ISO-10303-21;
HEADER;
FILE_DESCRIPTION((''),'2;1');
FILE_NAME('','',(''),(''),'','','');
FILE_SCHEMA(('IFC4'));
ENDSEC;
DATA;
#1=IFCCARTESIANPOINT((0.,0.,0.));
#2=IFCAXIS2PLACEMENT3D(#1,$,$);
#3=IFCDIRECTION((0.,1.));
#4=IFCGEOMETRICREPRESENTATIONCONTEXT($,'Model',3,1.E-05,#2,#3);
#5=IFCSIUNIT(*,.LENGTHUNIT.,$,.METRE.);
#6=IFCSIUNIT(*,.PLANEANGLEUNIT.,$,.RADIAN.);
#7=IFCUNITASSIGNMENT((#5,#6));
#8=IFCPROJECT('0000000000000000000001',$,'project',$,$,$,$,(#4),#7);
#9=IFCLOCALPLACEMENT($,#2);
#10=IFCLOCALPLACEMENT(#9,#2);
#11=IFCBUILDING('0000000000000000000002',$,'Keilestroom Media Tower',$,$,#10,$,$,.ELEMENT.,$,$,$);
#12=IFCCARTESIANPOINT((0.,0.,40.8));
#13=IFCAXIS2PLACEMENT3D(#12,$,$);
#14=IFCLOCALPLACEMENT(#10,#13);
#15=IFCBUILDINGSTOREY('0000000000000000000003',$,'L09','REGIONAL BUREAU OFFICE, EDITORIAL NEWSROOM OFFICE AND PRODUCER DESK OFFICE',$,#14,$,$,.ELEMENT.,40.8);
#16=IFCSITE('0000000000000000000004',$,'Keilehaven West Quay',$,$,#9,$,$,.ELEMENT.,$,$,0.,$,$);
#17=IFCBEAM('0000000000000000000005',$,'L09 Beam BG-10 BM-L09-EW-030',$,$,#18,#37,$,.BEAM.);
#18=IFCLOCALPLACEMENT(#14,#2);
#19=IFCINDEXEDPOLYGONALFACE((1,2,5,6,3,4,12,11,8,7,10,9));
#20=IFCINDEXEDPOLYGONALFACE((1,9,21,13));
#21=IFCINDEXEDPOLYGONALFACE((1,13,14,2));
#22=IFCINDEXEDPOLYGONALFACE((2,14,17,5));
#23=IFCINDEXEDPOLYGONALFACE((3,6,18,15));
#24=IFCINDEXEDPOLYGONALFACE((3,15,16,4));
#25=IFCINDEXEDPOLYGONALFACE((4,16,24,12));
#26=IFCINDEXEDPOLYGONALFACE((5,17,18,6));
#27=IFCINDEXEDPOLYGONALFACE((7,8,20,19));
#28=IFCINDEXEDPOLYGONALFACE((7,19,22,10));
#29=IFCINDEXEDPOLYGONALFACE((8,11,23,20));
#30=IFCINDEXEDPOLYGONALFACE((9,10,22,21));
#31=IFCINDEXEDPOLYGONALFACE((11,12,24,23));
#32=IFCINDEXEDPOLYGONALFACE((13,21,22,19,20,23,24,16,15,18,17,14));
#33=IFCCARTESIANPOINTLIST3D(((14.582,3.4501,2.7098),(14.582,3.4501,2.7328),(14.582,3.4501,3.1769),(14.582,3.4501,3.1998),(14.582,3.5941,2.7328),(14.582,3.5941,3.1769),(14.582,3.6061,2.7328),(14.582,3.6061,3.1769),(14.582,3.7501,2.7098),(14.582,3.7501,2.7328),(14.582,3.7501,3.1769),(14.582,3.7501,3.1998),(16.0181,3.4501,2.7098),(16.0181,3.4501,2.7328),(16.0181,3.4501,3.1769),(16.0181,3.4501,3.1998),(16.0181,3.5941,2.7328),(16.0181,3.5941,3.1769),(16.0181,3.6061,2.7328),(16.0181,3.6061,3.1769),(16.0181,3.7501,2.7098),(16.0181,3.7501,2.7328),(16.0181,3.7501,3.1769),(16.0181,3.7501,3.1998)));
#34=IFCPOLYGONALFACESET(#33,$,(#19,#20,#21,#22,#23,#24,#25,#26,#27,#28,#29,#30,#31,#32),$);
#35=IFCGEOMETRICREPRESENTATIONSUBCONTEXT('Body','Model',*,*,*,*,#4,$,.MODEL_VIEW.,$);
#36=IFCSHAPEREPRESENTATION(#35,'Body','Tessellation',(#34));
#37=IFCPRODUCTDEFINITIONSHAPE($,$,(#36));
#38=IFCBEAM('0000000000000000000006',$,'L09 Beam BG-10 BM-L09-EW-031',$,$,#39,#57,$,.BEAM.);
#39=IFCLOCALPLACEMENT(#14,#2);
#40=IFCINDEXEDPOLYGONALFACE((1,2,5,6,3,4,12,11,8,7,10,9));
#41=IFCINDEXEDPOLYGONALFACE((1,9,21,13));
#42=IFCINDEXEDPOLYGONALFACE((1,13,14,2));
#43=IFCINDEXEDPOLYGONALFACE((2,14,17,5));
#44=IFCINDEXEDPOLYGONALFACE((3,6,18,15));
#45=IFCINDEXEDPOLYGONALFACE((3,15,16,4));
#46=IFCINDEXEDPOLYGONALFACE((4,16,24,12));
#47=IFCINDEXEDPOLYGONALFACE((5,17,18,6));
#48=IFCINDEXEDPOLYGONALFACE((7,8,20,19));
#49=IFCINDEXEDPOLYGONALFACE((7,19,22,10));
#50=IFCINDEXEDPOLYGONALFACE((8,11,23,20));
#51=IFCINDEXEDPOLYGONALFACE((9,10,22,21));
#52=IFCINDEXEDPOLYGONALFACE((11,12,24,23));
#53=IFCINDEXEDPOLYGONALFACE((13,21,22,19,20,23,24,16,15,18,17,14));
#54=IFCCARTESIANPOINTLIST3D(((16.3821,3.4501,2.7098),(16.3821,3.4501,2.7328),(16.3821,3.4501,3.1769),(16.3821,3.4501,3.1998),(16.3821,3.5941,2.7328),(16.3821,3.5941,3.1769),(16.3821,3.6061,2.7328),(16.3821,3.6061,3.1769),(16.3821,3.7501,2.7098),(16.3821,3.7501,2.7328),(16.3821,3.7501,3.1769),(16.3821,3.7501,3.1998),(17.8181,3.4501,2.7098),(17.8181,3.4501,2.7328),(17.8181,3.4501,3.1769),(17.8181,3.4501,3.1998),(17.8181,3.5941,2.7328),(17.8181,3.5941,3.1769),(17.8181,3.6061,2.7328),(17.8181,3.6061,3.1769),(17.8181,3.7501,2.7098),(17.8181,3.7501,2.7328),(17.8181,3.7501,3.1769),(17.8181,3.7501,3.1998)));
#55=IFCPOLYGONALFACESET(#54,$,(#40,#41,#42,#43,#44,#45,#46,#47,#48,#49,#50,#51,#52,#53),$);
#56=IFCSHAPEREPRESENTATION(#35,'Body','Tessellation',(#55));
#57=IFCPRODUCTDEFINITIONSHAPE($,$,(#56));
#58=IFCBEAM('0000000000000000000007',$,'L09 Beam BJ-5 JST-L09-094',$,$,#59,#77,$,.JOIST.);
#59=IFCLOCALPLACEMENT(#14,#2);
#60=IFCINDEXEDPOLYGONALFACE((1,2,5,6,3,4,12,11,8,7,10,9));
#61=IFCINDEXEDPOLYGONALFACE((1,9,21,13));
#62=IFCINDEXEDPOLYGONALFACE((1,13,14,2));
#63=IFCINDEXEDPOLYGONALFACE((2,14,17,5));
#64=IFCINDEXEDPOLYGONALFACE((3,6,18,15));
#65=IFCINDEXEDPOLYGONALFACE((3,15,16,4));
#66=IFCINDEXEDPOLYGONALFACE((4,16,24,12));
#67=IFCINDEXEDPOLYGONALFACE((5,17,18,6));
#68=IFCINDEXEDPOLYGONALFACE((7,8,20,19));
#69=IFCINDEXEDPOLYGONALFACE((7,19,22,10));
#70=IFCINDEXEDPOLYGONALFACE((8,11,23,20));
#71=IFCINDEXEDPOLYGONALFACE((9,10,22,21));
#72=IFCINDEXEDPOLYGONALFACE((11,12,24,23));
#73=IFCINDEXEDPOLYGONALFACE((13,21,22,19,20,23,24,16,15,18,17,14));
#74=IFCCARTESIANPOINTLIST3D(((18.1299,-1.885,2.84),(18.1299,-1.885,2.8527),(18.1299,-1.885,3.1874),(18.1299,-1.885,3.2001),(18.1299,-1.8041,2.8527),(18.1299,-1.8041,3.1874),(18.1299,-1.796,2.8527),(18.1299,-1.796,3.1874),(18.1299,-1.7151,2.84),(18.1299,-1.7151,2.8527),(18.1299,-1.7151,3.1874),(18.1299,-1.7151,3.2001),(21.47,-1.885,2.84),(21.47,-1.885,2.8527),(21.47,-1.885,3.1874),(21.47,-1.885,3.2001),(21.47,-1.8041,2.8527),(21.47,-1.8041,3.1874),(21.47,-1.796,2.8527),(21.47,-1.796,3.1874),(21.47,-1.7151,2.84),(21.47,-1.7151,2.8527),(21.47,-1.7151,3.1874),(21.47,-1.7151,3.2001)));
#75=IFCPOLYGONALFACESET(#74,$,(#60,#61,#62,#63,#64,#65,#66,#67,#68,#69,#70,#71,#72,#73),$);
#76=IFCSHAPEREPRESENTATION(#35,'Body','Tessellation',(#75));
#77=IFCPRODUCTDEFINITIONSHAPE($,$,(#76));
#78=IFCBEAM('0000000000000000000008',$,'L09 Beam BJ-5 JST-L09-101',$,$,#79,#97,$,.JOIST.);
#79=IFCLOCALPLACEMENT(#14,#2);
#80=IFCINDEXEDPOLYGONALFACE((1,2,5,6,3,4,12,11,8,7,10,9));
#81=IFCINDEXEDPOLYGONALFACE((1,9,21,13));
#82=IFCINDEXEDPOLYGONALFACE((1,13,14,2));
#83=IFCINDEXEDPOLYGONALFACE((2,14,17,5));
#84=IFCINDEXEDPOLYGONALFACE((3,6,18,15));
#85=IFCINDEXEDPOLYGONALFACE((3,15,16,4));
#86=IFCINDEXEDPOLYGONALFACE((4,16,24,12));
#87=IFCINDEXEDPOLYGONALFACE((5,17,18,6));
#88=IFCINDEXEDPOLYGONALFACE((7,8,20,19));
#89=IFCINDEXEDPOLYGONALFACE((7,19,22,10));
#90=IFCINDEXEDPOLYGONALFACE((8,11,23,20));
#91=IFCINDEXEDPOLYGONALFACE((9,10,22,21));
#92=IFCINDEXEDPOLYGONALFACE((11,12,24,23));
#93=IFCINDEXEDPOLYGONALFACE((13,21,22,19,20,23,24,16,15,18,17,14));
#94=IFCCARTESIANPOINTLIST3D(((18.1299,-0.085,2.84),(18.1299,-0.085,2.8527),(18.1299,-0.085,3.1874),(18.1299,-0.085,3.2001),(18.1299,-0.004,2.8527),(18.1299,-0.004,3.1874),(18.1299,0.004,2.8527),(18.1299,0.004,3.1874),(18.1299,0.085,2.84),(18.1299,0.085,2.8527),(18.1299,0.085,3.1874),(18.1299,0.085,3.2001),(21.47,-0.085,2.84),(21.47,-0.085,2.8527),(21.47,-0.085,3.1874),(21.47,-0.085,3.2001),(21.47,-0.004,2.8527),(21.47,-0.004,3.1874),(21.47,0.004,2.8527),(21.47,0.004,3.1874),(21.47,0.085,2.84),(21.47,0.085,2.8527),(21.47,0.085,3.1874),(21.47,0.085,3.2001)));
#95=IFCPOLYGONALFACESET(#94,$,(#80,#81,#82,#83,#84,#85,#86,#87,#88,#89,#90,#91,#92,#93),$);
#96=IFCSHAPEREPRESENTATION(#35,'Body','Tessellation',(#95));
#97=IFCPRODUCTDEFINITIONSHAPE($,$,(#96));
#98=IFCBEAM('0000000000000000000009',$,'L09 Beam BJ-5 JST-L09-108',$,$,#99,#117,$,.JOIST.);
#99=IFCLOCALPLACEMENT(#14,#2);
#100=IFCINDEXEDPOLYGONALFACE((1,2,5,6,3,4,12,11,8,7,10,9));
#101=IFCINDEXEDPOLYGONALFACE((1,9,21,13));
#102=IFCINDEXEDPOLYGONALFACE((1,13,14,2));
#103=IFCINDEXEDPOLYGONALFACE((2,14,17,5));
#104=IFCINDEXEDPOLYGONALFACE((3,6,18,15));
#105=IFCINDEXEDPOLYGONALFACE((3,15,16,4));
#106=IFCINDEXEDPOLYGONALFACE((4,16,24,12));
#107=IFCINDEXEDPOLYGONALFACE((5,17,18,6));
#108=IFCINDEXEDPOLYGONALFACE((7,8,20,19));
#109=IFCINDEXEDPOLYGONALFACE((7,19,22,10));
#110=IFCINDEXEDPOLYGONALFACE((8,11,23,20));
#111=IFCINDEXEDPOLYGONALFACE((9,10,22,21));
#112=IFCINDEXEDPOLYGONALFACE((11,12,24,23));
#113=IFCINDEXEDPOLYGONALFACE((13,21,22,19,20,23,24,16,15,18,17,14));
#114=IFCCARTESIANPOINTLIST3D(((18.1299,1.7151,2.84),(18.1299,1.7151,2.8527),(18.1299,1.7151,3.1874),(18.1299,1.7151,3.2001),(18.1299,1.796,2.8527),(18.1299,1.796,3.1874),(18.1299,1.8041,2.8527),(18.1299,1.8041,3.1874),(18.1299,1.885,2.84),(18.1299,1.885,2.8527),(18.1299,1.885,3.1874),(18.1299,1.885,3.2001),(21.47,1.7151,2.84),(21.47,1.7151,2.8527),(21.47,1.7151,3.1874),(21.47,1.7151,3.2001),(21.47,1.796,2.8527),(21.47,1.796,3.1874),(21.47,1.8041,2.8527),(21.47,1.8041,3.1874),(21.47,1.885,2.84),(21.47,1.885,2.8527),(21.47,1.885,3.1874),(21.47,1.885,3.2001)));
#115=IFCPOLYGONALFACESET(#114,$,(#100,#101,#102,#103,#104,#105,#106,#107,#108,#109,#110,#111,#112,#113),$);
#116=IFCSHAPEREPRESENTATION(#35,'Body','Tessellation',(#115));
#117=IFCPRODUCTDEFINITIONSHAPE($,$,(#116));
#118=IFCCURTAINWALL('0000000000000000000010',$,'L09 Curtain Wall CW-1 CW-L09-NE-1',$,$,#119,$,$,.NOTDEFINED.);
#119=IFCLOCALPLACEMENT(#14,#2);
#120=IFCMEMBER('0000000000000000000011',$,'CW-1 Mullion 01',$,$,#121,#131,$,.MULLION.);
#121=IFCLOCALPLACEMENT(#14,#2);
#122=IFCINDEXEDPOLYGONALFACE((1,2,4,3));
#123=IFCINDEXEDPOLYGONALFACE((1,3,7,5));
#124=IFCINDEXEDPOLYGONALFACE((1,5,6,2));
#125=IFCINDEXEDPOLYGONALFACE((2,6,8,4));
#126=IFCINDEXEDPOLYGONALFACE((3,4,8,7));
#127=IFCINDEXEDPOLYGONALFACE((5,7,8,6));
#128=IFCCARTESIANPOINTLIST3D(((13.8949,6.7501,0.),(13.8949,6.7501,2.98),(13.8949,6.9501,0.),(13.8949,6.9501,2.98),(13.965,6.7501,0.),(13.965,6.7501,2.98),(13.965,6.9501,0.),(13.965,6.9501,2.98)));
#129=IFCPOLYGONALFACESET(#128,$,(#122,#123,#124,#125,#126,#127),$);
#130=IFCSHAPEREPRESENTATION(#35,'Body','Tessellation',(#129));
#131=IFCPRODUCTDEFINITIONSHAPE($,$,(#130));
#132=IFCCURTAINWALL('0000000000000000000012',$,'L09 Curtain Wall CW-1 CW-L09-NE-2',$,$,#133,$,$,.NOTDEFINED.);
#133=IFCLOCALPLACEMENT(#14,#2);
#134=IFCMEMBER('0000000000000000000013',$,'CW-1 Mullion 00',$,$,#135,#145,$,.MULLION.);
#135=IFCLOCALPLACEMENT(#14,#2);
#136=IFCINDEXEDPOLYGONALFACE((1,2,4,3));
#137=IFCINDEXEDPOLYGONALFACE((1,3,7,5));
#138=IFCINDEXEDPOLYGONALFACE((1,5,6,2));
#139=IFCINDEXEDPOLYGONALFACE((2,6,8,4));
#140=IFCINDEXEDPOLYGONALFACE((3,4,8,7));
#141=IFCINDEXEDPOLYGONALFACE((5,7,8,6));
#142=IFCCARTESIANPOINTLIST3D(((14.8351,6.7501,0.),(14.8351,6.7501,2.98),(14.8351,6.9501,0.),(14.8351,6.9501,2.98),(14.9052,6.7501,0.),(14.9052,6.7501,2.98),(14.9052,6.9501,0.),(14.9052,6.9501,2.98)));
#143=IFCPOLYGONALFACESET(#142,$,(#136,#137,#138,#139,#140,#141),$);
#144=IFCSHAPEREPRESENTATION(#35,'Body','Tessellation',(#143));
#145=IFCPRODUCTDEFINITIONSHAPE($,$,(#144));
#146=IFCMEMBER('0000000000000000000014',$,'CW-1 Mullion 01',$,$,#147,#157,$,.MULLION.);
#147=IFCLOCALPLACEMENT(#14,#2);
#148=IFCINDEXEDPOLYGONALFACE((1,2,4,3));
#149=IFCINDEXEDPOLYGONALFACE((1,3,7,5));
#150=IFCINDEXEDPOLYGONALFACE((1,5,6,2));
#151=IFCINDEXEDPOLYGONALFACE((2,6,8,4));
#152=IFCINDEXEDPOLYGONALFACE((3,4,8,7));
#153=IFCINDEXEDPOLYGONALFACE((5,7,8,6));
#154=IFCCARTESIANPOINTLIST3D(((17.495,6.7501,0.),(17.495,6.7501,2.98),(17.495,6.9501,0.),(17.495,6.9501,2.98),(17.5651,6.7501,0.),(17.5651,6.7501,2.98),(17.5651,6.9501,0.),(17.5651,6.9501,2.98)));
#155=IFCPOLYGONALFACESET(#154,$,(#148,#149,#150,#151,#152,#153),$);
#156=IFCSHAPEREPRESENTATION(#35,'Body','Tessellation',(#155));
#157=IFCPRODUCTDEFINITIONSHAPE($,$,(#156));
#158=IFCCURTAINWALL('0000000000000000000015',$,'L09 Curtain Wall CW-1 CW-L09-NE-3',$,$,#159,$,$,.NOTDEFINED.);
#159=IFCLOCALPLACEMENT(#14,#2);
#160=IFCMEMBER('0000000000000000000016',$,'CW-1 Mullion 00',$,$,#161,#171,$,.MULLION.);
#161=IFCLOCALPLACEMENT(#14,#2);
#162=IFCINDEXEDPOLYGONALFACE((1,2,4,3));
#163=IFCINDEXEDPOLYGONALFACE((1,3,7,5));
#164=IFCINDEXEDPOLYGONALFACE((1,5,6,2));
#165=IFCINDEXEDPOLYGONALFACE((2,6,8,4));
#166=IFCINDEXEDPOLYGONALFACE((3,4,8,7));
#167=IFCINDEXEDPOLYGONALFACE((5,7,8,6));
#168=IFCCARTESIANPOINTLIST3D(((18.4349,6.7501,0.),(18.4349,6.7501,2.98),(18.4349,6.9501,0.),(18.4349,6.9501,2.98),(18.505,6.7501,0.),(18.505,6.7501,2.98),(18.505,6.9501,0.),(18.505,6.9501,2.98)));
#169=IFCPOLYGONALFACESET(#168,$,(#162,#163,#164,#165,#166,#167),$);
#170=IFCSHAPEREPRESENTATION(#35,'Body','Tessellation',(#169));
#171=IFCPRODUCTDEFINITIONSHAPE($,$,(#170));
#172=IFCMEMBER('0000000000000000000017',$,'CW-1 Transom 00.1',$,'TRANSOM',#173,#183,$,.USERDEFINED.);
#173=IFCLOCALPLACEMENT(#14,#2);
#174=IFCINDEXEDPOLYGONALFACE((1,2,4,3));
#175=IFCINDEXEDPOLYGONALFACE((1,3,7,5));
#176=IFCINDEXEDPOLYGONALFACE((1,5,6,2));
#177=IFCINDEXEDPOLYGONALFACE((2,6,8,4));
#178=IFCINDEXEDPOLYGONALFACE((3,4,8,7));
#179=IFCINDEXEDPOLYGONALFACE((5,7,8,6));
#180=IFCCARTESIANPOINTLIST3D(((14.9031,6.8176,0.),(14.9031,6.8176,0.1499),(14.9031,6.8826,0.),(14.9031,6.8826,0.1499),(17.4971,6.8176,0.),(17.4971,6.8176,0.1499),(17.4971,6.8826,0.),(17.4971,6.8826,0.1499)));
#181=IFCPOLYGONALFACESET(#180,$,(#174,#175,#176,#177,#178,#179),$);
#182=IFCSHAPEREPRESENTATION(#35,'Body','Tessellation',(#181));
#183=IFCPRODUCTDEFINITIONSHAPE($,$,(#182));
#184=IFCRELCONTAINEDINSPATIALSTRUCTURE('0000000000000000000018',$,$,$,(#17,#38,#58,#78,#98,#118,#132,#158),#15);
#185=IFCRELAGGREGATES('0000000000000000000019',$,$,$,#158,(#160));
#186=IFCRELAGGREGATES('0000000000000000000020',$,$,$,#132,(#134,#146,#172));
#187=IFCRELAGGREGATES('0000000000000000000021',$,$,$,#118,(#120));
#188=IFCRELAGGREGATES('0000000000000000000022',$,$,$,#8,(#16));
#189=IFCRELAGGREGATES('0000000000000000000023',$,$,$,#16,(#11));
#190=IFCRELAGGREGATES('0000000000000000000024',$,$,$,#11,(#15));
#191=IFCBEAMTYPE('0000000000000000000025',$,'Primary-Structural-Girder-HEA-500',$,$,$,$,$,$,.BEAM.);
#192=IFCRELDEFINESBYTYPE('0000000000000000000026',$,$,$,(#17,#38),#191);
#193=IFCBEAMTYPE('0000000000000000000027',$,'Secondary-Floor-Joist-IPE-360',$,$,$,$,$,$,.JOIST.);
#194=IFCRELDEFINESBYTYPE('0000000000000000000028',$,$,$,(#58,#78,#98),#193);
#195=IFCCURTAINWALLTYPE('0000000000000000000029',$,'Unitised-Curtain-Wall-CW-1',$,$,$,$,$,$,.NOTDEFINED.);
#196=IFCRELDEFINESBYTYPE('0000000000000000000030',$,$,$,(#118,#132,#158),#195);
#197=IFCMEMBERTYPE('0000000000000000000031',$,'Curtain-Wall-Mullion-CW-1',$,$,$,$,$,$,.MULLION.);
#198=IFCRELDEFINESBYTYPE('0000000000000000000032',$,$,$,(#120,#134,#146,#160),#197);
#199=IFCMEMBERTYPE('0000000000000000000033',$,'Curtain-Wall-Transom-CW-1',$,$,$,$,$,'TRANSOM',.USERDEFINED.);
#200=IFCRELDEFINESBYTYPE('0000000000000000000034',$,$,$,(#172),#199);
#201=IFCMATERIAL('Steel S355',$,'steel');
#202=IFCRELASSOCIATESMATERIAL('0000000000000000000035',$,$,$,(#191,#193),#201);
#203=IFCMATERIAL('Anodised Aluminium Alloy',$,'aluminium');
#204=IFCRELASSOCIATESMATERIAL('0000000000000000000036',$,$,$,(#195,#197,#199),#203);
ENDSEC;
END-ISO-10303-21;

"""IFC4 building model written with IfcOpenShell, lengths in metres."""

from ifc_helpers import new_model, si_unit, direction, frame, origin, origin_2d, place, context, subcontext, project, spatial, rectangle, i_section, extrude, source, transform, mapped, material, material_profile, profile_set, type_object, element, aggregate, save


model = new_model("IFC4")

# Units and contexts
model_context = context("Model", 3, precision=1e-05, world=origin(), true_north=direction((0.0, 1.0)))
body_context = subcontext(model_context, "Body", "Model", "MODEL_VIEW")
ifc_project = project(units=[si_unit("LENGTHUNIT", "METRE"), si_unit("PLANEANGLEUNIT", "RADIAN")], contexts=[model_context])

# Site, building, storey
site_placement = place(None, origin())
site = spatial("IfcSite", under=ifc_project, at=site_placement, Name="Keilehaven West Quay", CompositionType="ELEMENT", RefElevation=0.0)
building_placement = place(site_placement, origin())
building = spatial("IfcBuilding", under=site, at=building_placement, Name="Keilestroom Media Tower", CompositionType="ELEMENT")
storey_placement = place(building_placement, frame((0.0, 0.0, 40.8)))
storey = spatial("IfcBuildingStorey", under=building, at=storey_placement, Name="L09", Description="REGIONAL BUREAU OFFICE, EDITORIAL NEWSROOM OFFICE AND PRODUCER DESK OFFICE", CompositionType="ELEMENT", Elevation=40.8)

# Beams
ifc_material_1 = material(Name="Steel S355", Category="steel")
ifc_material_profile_1 = material_profile(ifc_material_1, i_section(OverallWidth=0.3, OverallDepth=0.49, WebThickness=0.012, FlangeThickness=0.0229, at=origin_2d()), Name="HEA 500")
ifc_profile_set_1 = profile_set([ifc_material_profile_1], Name="Steel S355")
beam_type_1 = type_object("IfcBeamType", Name="Primary-Structural-Girder-HEA-500", PredefinedType="BEAM", material=ifc_profile_set_1)
shared_shape_1 = source(origin(), body_context, "Body", "SweptSolid", [
    extrude(i_section(OverallWidth=0.3, OverallDepth=0.49, WebThickness=0.012, FlangeThickness=0.0229, at=origin_2d()), origin(), (0.0, 0.0, 1.0), 1.436),
])
for number, where, z_axis, x_axis, name in (
    (1, (14.582, 3.6001, 2.9548), (1.0, 0.0, 0.0), (0.0, 1.0, 0.0), "L09 Beam BG-10 BM-L09-EW-030"),
    (2, (16.3821, 3.6001, 2.9548), (1.0, 0.0, 0.0), (0.0, 1.0, 0.0), "L09 Beam BG-10 BM-L09-EW-031"),
):
    element("IfcBeam", number, at=place(storey_placement, frame(where, z_axis=z_axis, x_axis=x_axis)), inside=storey, type_object=beam_type_1, Name=name, PredefinedType="BEAM", context=body_context, shape_type="MappedRepresentation", body=[
        mapped(shared_shape_1, transform((0.0, 0.0, 0.0), x_axis=(1.0, 0.0, 0.0), y_axis=(0.0, 1.0, 0.0), z_axis=(0.0, 0.0, 1.0), scale=1.0)),
    ])
ifc_material_profile_2 = material_profile(ifc_material_1, i_section(OverallWidth=0.1699, OverallDepth=0.3601, WebThickness=0.0081, FlangeThickness=0.0127, at=origin_2d()), Name="IPE 360")
ifc_profile_set_2 = profile_set([ifc_material_profile_2], Name="Steel S355")
beam_type_2 = type_object("IfcBeamType", Name="Secondary-Floor-Joist-IPE-360", PredefinedType="JOIST", material=ifc_profile_set_2)
shared_shape_2 = source(origin(), body_context, "Body", "SweptSolid", [
    extrude(i_section(OverallWidth=0.1699, OverallDepth=0.3601, WebThickness=0.0081, FlangeThickness=0.0127, at=origin_2d()), origin(), (0.0, 0.0, 1.0), 3.3401),
])
for number, where, z_axis, x_axis, name in (
    (3, (18.1299, -1.8, 3.02), (1.0, 0.0, 0.0), (0.0, 1.0, 0.0), "L09 Beam BJ-5 JST-L09-094"),
    (4, (18.1299, 0.0, 3.02), (1.0, 0.0, 0.0), (0.0, 1.0, 0.0), "L09 Beam BJ-5 JST-L09-101"),
    (5, (18.1299, 1.8, 3.02), (1.0, 0.0, 0.0), (0.0, 1.0, 0.0), "L09 Beam BJ-5 JST-L09-108"),
):
    element("IfcBeam", number, at=place(storey_placement, frame(where, z_axis=z_axis, x_axis=x_axis)), inside=storey, type_object=beam_type_2, Name=name, PredefinedType="JOIST", context=body_context, shape_type="MappedRepresentation", body=[
        mapped(shared_shape_2, transform((0.0, 0.0, 0.0), x_axis=(1.0, 0.0, 0.0), y_axis=(0.0, 1.0, 0.0), z_axis=(0.0, 0.0, 1.0), scale=1.0)),
    ])

# Curtain wall, member
ifc_material_2 = material(Name="Anodised Aluminium Alloy", Category="aluminium")
curtain_wall_type = type_object("IfcCurtainWallType", Name="Unitised-Curtain-Wall-CW-1", PredefinedType="NOTDEFINED", material=ifc_material_2)
curtain_wall_1_placement = place(storey_placement, origin())
curtain_wall_1 = element("IfcCurtainWall", 6, at=curtain_wall_1_placement, inside=storey, type_object=curtain_wall_type, Name="L09 Curtain Wall CW-1 CW-L09-NE-1", PredefinedType="NOTDEFINED")
ifc_material_profile_3 = material_profile(ifc_material_2, rectangle(XDim=0.0701, YDim=0.2, at=origin_2d()), Name="ALU MULLION 70x200")
ifc_profile_set_3 = profile_set([ifc_material_profile_3], Name="Anodised Aluminium Alloy")
member_type_1 = type_object("IfcMemberType", Name="Curtain-Wall-Mullion-CW-1", PredefinedType="MULLION", material=ifc_profile_set_3)
shared_shape_3 = source(origin(), body_context, "Body", "SweptSolid", [
    extrude(rectangle(XDim=0.0701, YDim=0.2, at=origin_2d()), origin(), (0.0, 0.0, 1.0), 2.98),
])
member_1_placement = place(storey_placement, frame((13.9299, 6.8501, 0.0), z_axis=(0.0, 0.0, 1.0), x_axis=(1.0, 0.0, 0.0)))
member_1 = element("IfcMember", 7, at=member_1_placement, type_object=member_type_1, Name="CW-1 Mullion 01", PredefinedType="MULLION", context=body_context, shape_type="MappedRepresentation", body=[
    mapped(shared_shape_3, transform((0.0, 0.0, 0.0), x_axis=(1.0, 0.0, 0.0), y_axis=(0.0, 1.0, 0.0), z_axis=(0.0, 0.0, 1.0), scale=1.0)),
])

# Curtain wall, members
curtain_wall_2_placement = place(storey_placement, origin())
curtain_wall_2 = element("IfcCurtainWall", 8, at=curtain_wall_2_placement, inside=storey, type_object=curtain_wall_type, Name="L09 Curtain Wall CW-1 CW-L09-NE-2", PredefinedType="NOTDEFINED")
member_2_placement = place(storey_placement, frame((14.8701, 6.8501, 0.0), z_axis=(0.0, 0.0, 1.0), x_axis=(1.0, 0.0, 0.0)))
member_2 = element("IfcMember", 9, at=member_2_placement, type_object=member_type_1, Name="CW-1 Mullion 00", PredefinedType="MULLION", context=body_context, shape_type="MappedRepresentation", body=[
    mapped(shared_shape_3, transform((0.0, 0.0, 0.0), x_axis=(1.0, 0.0, 0.0), y_axis=(0.0, 1.0, 0.0), z_axis=(0.0, 0.0, 1.0), scale=1.0)),
])
member_3_placement = place(storey_placement, frame((17.53, 6.8501, 0.0), z_axis=(0.0, 0.0, 1.0), x_axis=(1.0, 0.0, 0.0)))
member_3 = element("IfcMember", 10, at=member_3_placement, type_object=member_type_1, Name="CW-1 Mullion 01", PredefinedType="MULLION", context=body_context, shape_type="MappedRepresentation", body=[
    mapped(shared_shape_3, transform((0.0, 0.0, 0.0), x_axis=(1.0, 0.0, 0.0), y_axis=(0.0, 1.0, 0.0), z_axis=(0.0, 0.0, 1.0), scale=1.0)),
])

# Curtain wall, member
curtain_wall_3_placement = place(storey_placement, origin())
curtain_wall_3 = element("IfcCurtainWall", 11, at=curtain_wall_3_placement, inside=storey, type_object=curtain_wall_type, Name="L09 Curtain Wall CW-1 CW-L09-NE-3", PredefinedType="NOTDEFINED")
member_4_placement = place(storey_placement, frame((18.47, 6.8501, 0.0), z_axis=(0.0, 0.0, 1.0), x_axis=(1.0, 0.0, 0.0)))
member_4 = element("IfcMember", 12, at=member_4_placement, type_object=member_type_1, Name="CW-1 Mullion 00", PredefinedType="MULLION", context=body_context, shape_type="MappedRepresentation", body=[
    mapped(shared_shape_3, transform((0.0, 0.0, 0.0), x_axis=(1.0, 0.0, 0.0), y_axis=(0.0, 1.0, 0.0), z_axis=(0.0, 0.0, 1.0), scale=1.0)),
])
aggregate(curtain_wall_3, [member_4])

# Member
ifc_material_profile_4 = material_profile(ifc_material_2, rectangle(XDim=0.0649, YDim=0.1499, at=origin_2d()), Name="ALU TRANSOM 65x150")
ifc_profile_set_4 = profile_set([ifc_material_profile_4], Name="Anodised Aluminium Alloy")
member_type_2 = type_object("IfcMemberType", Name="Curtain-Wall-Transom-CW-1", ElementType="TRANSOM", PredefinedType="USERDEFINED", material=ifc_profile_set_4)
shared_shape_4 = source(origin(), body_context, "Body", "SweptSolid", [
    extrude(rectangle(XDim=0.0649, YDim=0.1499, at=origin_2d()), origin(), (0.0, 0.0, 1.0), 2.594),
])
member_5_placement = place(storey_placement, frame((14.9031, 6.8501, 0.075), z_axis=(1.0, 0.0, 0.0), x_axis=(0.0, 1.0, 0.0)))
member_5 = element("IfcMember", 13, at=member_5_placement, type_object=member_type_2, Name="CW-1 Transom 00.1", ObjectType="TRANSOM", PredefinedType="USERDEFINED", context=body_context, shape_type="MappedRepresentation", body=[
    mapped(shared_shape_4, transform((0.0, 0.0, 0.0), x_axis=(1.0, 0.0, 0.0), y_axis=(0.0, 1.0, 0.0), z_axis=(0.0, 0.0, 1.0), scale=1.0)),
])

aggregate(curtain_wall_2, [member_2, member_3, member_5])
aggregate(curtain_wall_1, [member_1])

save(model, "model.ifc")
